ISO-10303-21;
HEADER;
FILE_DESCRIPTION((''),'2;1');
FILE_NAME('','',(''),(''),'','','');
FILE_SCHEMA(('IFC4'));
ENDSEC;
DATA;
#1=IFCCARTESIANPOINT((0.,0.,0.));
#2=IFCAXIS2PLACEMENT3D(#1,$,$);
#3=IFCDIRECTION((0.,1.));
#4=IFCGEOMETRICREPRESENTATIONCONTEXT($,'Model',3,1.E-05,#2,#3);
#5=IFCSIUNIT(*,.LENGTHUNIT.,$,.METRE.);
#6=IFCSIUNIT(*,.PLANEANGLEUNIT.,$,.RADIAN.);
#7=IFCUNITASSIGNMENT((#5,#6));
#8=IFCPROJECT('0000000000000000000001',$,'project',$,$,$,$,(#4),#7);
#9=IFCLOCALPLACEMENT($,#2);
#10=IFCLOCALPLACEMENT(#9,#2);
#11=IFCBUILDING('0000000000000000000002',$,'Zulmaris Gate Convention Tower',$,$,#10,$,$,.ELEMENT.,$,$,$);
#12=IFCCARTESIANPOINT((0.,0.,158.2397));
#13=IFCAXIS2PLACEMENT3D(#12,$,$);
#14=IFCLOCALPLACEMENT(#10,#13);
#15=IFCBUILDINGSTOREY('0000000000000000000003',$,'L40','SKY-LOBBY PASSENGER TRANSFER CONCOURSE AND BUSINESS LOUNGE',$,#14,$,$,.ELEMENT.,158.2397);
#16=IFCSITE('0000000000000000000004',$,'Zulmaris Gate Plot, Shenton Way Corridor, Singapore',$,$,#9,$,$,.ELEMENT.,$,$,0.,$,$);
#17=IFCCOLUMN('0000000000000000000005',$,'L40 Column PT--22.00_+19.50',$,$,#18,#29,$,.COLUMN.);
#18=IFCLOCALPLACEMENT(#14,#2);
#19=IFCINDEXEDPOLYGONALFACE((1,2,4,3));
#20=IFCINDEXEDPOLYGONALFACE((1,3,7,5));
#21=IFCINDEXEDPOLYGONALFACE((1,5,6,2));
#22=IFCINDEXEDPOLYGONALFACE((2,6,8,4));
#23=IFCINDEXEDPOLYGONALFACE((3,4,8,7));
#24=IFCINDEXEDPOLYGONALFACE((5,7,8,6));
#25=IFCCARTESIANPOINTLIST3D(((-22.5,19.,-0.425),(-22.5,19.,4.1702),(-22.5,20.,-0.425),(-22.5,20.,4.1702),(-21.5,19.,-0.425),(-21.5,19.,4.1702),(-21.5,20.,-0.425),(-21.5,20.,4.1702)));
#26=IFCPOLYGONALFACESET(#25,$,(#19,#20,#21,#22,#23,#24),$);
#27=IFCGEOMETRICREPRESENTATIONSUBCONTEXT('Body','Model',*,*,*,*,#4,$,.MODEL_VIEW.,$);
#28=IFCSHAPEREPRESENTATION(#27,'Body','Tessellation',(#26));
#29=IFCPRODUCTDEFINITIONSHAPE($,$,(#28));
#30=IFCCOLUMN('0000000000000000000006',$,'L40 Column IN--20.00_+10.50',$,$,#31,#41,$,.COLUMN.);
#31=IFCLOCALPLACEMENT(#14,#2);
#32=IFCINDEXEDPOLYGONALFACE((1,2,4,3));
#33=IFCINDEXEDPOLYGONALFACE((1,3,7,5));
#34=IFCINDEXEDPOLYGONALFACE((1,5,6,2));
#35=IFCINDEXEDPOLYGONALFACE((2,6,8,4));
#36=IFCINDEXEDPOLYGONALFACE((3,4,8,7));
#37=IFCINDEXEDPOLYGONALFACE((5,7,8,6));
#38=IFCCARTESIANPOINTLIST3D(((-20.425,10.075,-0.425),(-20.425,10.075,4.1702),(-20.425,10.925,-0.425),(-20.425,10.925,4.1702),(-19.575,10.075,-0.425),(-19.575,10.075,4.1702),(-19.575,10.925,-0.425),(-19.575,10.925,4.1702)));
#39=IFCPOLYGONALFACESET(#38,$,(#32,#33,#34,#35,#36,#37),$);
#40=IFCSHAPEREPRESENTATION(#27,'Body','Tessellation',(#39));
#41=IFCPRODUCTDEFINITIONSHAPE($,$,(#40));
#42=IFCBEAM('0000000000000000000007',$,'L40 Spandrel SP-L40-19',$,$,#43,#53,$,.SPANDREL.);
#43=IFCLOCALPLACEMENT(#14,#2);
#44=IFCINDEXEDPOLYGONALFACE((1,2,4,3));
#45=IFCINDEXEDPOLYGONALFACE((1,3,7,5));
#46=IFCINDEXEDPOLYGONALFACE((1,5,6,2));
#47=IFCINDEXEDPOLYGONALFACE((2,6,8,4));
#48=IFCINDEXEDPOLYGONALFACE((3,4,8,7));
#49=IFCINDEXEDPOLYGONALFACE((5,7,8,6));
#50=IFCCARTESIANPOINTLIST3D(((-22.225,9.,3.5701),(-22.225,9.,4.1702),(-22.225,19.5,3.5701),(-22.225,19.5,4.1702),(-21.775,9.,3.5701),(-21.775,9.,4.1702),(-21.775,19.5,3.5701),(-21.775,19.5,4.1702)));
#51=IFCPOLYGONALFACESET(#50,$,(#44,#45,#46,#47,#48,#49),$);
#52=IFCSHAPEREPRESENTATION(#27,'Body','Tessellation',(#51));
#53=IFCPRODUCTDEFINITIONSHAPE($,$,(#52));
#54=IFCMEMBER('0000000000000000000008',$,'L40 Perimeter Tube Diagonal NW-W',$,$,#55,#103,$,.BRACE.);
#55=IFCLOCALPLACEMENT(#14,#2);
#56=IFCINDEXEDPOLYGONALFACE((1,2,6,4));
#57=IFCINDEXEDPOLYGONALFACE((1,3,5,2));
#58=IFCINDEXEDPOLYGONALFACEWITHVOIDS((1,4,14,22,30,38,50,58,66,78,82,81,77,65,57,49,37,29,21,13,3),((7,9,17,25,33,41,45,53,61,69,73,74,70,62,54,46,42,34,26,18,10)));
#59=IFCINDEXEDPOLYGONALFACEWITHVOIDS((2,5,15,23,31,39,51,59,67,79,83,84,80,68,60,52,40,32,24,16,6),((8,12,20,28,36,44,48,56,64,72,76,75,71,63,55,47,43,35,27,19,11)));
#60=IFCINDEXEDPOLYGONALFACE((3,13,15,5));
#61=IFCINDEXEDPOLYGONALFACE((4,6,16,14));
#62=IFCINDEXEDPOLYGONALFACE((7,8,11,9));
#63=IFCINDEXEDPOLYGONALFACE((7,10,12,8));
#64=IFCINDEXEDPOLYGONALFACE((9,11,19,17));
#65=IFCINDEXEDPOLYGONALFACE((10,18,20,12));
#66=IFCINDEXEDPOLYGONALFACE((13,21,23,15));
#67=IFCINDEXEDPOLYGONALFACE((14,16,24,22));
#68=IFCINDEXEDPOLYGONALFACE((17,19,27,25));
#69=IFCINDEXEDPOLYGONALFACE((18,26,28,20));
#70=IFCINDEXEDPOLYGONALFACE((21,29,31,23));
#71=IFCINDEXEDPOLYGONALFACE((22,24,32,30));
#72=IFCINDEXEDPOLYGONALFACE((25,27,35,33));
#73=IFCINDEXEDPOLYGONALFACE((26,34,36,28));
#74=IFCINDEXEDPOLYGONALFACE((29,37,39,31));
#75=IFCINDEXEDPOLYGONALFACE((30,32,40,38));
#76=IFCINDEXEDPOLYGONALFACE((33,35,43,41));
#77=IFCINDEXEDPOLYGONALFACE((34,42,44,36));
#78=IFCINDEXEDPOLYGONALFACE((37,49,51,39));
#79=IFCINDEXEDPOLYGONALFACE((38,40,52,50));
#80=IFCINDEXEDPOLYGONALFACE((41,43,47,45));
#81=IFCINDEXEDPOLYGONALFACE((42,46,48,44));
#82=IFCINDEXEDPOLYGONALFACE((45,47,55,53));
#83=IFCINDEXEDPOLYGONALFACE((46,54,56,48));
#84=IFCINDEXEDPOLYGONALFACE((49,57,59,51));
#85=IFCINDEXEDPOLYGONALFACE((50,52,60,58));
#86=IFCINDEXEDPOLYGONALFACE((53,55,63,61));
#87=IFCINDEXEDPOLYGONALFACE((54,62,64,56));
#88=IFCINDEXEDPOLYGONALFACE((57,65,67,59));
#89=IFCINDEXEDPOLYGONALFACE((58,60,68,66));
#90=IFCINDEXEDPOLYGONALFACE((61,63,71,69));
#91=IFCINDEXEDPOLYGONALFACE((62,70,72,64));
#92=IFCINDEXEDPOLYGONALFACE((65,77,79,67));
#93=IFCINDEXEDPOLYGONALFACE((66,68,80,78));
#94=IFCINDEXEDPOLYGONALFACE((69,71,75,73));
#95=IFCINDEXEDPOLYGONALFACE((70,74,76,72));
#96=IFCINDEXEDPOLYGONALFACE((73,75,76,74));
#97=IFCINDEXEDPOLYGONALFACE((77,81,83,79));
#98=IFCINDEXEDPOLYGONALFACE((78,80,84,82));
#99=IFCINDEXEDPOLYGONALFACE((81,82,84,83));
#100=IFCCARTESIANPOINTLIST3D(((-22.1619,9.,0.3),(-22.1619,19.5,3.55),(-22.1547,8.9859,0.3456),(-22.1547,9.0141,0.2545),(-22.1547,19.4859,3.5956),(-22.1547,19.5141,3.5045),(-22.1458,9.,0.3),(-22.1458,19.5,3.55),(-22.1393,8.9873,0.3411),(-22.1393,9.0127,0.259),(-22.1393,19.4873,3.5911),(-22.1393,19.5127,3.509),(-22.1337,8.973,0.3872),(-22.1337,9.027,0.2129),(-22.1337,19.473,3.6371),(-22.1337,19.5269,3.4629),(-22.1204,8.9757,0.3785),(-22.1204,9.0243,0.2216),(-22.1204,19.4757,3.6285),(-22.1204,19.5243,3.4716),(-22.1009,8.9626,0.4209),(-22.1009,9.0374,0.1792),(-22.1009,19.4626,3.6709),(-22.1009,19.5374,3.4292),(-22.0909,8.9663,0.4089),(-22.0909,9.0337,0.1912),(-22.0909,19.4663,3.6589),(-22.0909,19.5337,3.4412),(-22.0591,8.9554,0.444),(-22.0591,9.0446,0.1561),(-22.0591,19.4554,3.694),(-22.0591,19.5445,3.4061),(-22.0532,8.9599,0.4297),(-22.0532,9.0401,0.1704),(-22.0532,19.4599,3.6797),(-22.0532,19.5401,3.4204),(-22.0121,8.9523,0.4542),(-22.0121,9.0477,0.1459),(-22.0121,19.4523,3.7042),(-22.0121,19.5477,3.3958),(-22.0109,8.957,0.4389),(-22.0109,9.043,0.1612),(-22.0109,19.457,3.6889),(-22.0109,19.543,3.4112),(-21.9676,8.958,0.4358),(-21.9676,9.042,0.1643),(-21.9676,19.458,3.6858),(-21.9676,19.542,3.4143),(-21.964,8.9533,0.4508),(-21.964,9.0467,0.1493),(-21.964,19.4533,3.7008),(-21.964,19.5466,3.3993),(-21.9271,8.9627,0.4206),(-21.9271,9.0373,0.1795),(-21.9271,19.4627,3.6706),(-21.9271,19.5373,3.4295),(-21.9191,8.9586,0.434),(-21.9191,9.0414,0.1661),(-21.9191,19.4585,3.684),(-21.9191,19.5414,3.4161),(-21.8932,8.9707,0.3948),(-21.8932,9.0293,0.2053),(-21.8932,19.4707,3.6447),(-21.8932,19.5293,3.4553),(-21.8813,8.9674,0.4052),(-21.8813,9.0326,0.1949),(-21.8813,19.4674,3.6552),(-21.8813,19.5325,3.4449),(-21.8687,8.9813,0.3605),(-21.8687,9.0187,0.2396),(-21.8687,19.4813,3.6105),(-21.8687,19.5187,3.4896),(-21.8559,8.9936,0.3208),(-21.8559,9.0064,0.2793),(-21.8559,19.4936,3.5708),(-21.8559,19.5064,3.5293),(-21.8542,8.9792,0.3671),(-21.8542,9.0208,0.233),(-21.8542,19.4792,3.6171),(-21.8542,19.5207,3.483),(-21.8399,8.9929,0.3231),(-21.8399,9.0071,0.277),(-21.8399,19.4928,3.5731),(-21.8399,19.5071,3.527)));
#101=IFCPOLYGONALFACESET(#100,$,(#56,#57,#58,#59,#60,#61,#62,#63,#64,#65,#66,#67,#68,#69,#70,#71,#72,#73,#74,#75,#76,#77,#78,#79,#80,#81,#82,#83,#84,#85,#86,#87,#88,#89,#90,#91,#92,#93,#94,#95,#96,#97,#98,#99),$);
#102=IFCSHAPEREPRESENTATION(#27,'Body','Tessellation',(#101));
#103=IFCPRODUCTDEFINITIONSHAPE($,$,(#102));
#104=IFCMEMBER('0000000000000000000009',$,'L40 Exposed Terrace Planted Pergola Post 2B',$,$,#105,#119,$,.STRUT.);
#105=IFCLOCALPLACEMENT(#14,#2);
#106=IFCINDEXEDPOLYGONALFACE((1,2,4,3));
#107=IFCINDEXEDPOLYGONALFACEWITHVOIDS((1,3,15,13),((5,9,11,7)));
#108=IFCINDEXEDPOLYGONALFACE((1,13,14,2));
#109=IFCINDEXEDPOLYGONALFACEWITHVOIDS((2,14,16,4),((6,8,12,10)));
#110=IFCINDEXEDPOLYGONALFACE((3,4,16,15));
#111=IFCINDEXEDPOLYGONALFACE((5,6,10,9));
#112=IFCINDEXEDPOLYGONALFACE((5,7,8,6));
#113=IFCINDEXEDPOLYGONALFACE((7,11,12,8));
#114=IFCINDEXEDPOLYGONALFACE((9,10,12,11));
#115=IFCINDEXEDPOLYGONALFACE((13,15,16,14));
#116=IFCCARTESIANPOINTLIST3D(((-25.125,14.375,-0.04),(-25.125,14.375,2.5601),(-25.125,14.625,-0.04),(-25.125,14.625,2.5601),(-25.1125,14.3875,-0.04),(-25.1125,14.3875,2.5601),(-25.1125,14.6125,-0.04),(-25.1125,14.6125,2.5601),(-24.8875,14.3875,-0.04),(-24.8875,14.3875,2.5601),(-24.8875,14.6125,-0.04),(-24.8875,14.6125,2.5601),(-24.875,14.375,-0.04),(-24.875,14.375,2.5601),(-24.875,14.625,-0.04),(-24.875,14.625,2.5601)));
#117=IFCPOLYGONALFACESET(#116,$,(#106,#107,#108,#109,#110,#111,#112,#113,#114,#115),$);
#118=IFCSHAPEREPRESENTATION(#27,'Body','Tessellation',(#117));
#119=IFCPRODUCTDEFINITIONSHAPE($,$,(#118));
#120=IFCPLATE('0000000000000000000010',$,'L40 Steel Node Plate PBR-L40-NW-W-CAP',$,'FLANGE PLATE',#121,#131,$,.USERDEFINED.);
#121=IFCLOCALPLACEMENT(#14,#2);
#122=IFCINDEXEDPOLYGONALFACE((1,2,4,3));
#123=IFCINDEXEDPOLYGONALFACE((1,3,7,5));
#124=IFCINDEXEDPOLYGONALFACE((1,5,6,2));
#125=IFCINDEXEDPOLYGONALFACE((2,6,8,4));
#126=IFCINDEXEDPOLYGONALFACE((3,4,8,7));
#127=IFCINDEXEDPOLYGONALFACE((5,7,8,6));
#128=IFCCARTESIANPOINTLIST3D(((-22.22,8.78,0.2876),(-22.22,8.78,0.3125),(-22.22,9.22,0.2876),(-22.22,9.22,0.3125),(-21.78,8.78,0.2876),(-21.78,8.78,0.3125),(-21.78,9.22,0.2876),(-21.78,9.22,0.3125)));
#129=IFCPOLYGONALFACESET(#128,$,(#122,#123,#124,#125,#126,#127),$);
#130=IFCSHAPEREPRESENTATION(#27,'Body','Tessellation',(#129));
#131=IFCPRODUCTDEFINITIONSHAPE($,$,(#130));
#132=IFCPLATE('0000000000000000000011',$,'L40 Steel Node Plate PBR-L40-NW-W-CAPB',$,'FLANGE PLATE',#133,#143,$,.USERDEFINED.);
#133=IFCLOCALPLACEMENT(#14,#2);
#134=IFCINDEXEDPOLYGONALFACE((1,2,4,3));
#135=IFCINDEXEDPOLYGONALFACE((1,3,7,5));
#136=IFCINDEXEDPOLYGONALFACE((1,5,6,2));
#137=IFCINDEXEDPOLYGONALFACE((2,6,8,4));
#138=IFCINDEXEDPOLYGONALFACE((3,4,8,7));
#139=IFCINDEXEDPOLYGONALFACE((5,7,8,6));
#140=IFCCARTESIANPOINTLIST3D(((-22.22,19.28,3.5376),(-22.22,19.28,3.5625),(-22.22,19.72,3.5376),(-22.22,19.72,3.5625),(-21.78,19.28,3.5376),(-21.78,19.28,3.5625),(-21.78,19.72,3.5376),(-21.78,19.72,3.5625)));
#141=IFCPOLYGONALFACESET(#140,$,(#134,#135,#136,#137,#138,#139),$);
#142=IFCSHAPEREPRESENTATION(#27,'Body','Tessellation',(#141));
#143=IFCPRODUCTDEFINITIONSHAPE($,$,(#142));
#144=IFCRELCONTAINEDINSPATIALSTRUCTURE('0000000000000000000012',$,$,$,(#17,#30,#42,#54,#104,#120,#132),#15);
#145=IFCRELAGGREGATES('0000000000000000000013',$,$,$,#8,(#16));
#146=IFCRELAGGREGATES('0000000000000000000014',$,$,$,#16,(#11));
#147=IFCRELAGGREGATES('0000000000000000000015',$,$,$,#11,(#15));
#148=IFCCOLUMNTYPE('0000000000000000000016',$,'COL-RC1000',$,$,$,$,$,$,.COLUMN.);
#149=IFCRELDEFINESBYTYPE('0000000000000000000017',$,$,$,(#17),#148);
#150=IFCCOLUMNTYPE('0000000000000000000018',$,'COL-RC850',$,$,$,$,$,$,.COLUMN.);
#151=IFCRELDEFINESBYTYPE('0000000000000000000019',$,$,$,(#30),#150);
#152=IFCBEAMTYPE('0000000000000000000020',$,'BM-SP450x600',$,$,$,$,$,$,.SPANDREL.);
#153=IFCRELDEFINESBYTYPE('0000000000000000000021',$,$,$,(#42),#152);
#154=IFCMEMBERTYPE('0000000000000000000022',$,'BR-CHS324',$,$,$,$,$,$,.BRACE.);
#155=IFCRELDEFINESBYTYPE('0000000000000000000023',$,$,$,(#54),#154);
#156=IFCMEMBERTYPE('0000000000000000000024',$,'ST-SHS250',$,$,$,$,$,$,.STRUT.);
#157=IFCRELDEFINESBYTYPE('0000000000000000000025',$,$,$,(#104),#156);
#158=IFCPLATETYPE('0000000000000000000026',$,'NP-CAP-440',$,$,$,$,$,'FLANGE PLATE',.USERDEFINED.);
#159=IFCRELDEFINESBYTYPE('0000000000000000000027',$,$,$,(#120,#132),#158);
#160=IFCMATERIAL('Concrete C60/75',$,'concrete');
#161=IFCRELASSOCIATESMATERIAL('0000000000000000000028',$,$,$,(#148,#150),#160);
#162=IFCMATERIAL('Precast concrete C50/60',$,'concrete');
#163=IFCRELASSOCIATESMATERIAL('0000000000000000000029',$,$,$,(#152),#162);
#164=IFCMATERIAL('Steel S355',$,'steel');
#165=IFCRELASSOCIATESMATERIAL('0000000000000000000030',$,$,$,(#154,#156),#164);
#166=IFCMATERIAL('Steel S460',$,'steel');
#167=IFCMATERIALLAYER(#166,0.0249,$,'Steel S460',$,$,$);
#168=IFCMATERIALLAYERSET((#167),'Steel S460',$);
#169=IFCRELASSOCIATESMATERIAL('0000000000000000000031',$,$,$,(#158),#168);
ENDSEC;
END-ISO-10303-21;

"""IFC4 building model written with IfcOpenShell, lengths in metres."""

from ifc_helpers import new_model, si_unit, direction, frame, origin, origin_2d, place, context, subcontext, project, spatial, rectangle, hollow_rectangle, hollow_circle, extrude, material, layer, layer_set, material_profile, profile_set, type_object, element, save


model = new_model("IFC4")

# Units and contexts
model_context = context("Model", 3, precision=1e-05, world=origin(), true_north=direction((0.0, 1.0)))
body_context = subcontext(model_context, "Body", "Model", "MODEL_VIEW")
ifc_project = project(units=[si_unit("LENGTHUNIT", "METRE"), si_unit("PLANEANGLEUNIT", "RADIAN")], contexts=[model_context])

# Site, building, storey
site_placement = place(None, origin())
site = spatial("IfcSite", under=ifc_project, at=site_placement, Name="Zulmaris Gate Plot, Shenton Way Corridor, Singapore", CompositionType="ELEMENT", RefElevation=0.0)
building_placement = place(site_placement, origin())
building = spatial("IfcBuilding", under=site, at=building_placement, Name="Zulmaris Gate Convention Tower", CompositionType="ELEMENT")
storey_placement = place(building_placement, frame((0.0, 0.0, 158.2397)))
storey = spatial("IfcBuildingStorey", under=building, at=storey_placement, Name="L40", Description="SKY-LOBBY PASSENGER TRANSFER CONCOURSE AND BUSINESS LOUNGE", CompositionType="ELEMENT", Elevation=158.2397)

# Columns
ifc_material_1 = material(Name="Concrete C60/75", Category="concrete")
ifc_material_profile_1 = material_profile(ifc_material_1, rectangle(XDim=1.0, YDim=1.0, at=origin_2d()), Name="RC COL 1000x1000")
ifc_profile_set_1 = profile_set([ifc_material_profile_1], Name="Concrete C60/75")
column_type_1 = type_object("IfcColumnType", Name="COL-RC1000", PredefinedType="COLUMN", material=ifc_profile_set_1)
column_1_placement = place(storey_placement, frame((-22.0, 19.5, -0.425), z_axis=(0.0, 0.0, 1.0), x_axis=(1.0, 0.0, 0.0)))
element("IfcColumn", 1, at=column_1_placement, inside=storey, type_object=column_type_1, Name="L40 Column PT--22.00_+19.50", PredefinedType="COLUMN", context=body_context, shape_type="SweptSolid", body=[
    extrude(rectangle(XDim=1.0, YDim=1.0, at=origin_2d()), origin(), (0.0, 0.0, 1.0), 4.5952),
])
ifc_material_profile_2 = material_profile(ifc_material_1, rectangle(XDim=0.8501, YDim=0.8501, at=origin_2d()), Name="RC COL 850x850")
ifc_profile_set_2 = profile_set([ifc_material_profile_2], Name="Concrete C60/75")
column_type_2 = type_object("IfcColumnType", Name="COL-RC850", PredefinedType="COLUMN", material=ifc_profile_set_2)
column_2_placement = place(storey_placement, frame((-20.0, 10.5, -0.425), z_axis=(0.0, 0.0, 1.0), x_axis=(1.0, 0.0, 0.0)))
element("IfcColumn", 2, at=column_2_placement, inside=storey, type_object=column_type_2, Name="L40 Column IN--20.00_+10.50", PredefinedType="COLUMN", context=body_context, shape_type="SweptSolid", body=[
    extrude(rectangle(XDim=0.8501, YDim=0.8501, at=origin_2d()), origin(), (0.0, 0.0, 1.0), 4.5952),
])

# Beam
ifc_material_2 = material(Name="Precast concrete C50/60", Category="concrete")
ifc_material_profile_3 = material_profile(ifc_material_2, rectangle(XDim=0.45, YDim=0.6001, at=origin_2d()), Name="RC SPANDREL 450x600")
ifc_profile_set_3 = profile_set([ifc_material_profile_3], Name="Precast concrete C50/60")
beam_type = type_object("IfcBeamType", Name="BM-SP450x600", PredefinedType="SPANDREL", material=ifc_profile_set_3)
beam_placement = place(storey_placement, frame((-22.0, 19.5, 3.8701), z_axis=(0.0, -1.0, 0.0), x_axis=(1.0, 0.0, 0.0)))
element("IfcBeam", 3, at=beam_placement, inside=storey, type_object=beam_type, Name="L40 Spandrel SP-L40-19", PredefinedType="SPANDREL", context=body_context, shape_type="SweptSolid", body=[
    extrude(rectangle(XDim=0.45, YDim=0.6001, at=origin_2d()), origin(), (0.0, 0.0, 1.0), 10.5),
])

# Members
ifc_material_3 = material(Name="Steel S355", Category="steel")
ifc_material_profile_4 = material_profile(ifc_material_3, hollow_circle(Radius=0.1619, WallThickness=0.0161, at=origin_2d()), Name="CHS 323.9x16")
ifc_profile_set_4 = profile_set([ifc_material_profile_4], Name="Steel S355")
member_type_1 = type_object("IfcMemberType", Name="BR-CHS324", PredefinedType="BRACE", material=ifc_profile_set_4)
member_1_placement = place(storey_placement, frame((-22.0, 9.0, 0.3), z_axis=(0.0, 0.955286, 0.295684), x_axis=(-1.0, 0.0, 0.0)))
element("IfcMember", 4, at=member_1_placement, inside=storey, type_object=member_type_1, Name="L40 Perimeter Tube Diagonal NW-W", PredefinedType="BRACE", context=body_context, shape_type="SweptSolid", body=[
    extrude(hollow_circle(Radius=0.1619, WallThickness=0.0161, at=origin_2d()), origin(), (0.0, 0.0, 1.0), 10.9915),
])
ifc_material_profile_5 = material_profile(ifc_material_3, hollow_rectangle(XDim=0.25, YDim=0.25, WallThickness=0.0125, at=origin_2d()), Name="SHS 250x250x12.5")
ifc_profile_set_5 = profile_set([ifc_material_profile_5], Name="Steel S355")
member_type_2 = type_object("IfcMemberType", Name="ST-SHS250", PredefinedType="STRUT", material=ifc_profile_set_5)
member_2_placement = place(storey_placement, frame((-25.0, 14.5, -0.04), z_axis=(0.0, 0.0, 1.0), x_axis=(1.0, 0.0, 0.0)))
element("IfcMember", 5, at=member_2_placement, inside=storey, type_object=member_type_2, Name="L40 Exposed Terrace Planted Pergola Post 2B", PredefinedType="STRUT", context=body_context, shape_type="SweptSolid", body=[
    extrude(hollow_rectangle(XDim=0.25, YDim=0.25, WallThickness=0.0125, at=origin_2d()), origin(), (0.0, 0.0, 1.0), 2.6001),
])

# Plates
ifc_material_4 = material(Name="Steel S460", Category="steel")
ifc_layer_1 = layer(ifc_material_4, 0.0249, Name="Steel S460")
ifc_layer_set_1 = layer_set([ifc_layer_1], Name="Steel S460")
plate_type = type_object("IfcPlateType", Name="NP-CAP-440", ElementType="FLANGE PLATE", PredefinedType="USERDEFINED", material=ifc_layer_set_1)
for number, where, z_axis, x_axis, name in (
    (6, (-22.0, 9.0, 0.2876), (0.0, 0.0, 1.0), (1.0, 0.0, 0.0), "L40 Steel Node Plate PBR-L40-NW-W-CAP"),
    (7, (-22.0, 19.5, 3.5376), (0.0, 0.0, 1.0), (1.0, 0.0, 0.0), "L40 Steel Node Plate PBR-L40-NW-W-CAPB"),
):
    element("IfcPlate", number, at=place(storey_placement, frame(where, z_axis=z_axis, x_axis=x_axis)), inside=storey, type_object=plate_type, Name=name, ObjectType="FLANGE PLATE", PredefinedType="USERDEFINED", context=body_context, shape_type="SweptSolid", body=[
        extrude(rectangle(XDim=0.4399, YDim=0.4399, at=origin_2d()), origin(), (0.0, 0.0, 1.0), 0.0249),
    ])

save(model, "model.ifc")
